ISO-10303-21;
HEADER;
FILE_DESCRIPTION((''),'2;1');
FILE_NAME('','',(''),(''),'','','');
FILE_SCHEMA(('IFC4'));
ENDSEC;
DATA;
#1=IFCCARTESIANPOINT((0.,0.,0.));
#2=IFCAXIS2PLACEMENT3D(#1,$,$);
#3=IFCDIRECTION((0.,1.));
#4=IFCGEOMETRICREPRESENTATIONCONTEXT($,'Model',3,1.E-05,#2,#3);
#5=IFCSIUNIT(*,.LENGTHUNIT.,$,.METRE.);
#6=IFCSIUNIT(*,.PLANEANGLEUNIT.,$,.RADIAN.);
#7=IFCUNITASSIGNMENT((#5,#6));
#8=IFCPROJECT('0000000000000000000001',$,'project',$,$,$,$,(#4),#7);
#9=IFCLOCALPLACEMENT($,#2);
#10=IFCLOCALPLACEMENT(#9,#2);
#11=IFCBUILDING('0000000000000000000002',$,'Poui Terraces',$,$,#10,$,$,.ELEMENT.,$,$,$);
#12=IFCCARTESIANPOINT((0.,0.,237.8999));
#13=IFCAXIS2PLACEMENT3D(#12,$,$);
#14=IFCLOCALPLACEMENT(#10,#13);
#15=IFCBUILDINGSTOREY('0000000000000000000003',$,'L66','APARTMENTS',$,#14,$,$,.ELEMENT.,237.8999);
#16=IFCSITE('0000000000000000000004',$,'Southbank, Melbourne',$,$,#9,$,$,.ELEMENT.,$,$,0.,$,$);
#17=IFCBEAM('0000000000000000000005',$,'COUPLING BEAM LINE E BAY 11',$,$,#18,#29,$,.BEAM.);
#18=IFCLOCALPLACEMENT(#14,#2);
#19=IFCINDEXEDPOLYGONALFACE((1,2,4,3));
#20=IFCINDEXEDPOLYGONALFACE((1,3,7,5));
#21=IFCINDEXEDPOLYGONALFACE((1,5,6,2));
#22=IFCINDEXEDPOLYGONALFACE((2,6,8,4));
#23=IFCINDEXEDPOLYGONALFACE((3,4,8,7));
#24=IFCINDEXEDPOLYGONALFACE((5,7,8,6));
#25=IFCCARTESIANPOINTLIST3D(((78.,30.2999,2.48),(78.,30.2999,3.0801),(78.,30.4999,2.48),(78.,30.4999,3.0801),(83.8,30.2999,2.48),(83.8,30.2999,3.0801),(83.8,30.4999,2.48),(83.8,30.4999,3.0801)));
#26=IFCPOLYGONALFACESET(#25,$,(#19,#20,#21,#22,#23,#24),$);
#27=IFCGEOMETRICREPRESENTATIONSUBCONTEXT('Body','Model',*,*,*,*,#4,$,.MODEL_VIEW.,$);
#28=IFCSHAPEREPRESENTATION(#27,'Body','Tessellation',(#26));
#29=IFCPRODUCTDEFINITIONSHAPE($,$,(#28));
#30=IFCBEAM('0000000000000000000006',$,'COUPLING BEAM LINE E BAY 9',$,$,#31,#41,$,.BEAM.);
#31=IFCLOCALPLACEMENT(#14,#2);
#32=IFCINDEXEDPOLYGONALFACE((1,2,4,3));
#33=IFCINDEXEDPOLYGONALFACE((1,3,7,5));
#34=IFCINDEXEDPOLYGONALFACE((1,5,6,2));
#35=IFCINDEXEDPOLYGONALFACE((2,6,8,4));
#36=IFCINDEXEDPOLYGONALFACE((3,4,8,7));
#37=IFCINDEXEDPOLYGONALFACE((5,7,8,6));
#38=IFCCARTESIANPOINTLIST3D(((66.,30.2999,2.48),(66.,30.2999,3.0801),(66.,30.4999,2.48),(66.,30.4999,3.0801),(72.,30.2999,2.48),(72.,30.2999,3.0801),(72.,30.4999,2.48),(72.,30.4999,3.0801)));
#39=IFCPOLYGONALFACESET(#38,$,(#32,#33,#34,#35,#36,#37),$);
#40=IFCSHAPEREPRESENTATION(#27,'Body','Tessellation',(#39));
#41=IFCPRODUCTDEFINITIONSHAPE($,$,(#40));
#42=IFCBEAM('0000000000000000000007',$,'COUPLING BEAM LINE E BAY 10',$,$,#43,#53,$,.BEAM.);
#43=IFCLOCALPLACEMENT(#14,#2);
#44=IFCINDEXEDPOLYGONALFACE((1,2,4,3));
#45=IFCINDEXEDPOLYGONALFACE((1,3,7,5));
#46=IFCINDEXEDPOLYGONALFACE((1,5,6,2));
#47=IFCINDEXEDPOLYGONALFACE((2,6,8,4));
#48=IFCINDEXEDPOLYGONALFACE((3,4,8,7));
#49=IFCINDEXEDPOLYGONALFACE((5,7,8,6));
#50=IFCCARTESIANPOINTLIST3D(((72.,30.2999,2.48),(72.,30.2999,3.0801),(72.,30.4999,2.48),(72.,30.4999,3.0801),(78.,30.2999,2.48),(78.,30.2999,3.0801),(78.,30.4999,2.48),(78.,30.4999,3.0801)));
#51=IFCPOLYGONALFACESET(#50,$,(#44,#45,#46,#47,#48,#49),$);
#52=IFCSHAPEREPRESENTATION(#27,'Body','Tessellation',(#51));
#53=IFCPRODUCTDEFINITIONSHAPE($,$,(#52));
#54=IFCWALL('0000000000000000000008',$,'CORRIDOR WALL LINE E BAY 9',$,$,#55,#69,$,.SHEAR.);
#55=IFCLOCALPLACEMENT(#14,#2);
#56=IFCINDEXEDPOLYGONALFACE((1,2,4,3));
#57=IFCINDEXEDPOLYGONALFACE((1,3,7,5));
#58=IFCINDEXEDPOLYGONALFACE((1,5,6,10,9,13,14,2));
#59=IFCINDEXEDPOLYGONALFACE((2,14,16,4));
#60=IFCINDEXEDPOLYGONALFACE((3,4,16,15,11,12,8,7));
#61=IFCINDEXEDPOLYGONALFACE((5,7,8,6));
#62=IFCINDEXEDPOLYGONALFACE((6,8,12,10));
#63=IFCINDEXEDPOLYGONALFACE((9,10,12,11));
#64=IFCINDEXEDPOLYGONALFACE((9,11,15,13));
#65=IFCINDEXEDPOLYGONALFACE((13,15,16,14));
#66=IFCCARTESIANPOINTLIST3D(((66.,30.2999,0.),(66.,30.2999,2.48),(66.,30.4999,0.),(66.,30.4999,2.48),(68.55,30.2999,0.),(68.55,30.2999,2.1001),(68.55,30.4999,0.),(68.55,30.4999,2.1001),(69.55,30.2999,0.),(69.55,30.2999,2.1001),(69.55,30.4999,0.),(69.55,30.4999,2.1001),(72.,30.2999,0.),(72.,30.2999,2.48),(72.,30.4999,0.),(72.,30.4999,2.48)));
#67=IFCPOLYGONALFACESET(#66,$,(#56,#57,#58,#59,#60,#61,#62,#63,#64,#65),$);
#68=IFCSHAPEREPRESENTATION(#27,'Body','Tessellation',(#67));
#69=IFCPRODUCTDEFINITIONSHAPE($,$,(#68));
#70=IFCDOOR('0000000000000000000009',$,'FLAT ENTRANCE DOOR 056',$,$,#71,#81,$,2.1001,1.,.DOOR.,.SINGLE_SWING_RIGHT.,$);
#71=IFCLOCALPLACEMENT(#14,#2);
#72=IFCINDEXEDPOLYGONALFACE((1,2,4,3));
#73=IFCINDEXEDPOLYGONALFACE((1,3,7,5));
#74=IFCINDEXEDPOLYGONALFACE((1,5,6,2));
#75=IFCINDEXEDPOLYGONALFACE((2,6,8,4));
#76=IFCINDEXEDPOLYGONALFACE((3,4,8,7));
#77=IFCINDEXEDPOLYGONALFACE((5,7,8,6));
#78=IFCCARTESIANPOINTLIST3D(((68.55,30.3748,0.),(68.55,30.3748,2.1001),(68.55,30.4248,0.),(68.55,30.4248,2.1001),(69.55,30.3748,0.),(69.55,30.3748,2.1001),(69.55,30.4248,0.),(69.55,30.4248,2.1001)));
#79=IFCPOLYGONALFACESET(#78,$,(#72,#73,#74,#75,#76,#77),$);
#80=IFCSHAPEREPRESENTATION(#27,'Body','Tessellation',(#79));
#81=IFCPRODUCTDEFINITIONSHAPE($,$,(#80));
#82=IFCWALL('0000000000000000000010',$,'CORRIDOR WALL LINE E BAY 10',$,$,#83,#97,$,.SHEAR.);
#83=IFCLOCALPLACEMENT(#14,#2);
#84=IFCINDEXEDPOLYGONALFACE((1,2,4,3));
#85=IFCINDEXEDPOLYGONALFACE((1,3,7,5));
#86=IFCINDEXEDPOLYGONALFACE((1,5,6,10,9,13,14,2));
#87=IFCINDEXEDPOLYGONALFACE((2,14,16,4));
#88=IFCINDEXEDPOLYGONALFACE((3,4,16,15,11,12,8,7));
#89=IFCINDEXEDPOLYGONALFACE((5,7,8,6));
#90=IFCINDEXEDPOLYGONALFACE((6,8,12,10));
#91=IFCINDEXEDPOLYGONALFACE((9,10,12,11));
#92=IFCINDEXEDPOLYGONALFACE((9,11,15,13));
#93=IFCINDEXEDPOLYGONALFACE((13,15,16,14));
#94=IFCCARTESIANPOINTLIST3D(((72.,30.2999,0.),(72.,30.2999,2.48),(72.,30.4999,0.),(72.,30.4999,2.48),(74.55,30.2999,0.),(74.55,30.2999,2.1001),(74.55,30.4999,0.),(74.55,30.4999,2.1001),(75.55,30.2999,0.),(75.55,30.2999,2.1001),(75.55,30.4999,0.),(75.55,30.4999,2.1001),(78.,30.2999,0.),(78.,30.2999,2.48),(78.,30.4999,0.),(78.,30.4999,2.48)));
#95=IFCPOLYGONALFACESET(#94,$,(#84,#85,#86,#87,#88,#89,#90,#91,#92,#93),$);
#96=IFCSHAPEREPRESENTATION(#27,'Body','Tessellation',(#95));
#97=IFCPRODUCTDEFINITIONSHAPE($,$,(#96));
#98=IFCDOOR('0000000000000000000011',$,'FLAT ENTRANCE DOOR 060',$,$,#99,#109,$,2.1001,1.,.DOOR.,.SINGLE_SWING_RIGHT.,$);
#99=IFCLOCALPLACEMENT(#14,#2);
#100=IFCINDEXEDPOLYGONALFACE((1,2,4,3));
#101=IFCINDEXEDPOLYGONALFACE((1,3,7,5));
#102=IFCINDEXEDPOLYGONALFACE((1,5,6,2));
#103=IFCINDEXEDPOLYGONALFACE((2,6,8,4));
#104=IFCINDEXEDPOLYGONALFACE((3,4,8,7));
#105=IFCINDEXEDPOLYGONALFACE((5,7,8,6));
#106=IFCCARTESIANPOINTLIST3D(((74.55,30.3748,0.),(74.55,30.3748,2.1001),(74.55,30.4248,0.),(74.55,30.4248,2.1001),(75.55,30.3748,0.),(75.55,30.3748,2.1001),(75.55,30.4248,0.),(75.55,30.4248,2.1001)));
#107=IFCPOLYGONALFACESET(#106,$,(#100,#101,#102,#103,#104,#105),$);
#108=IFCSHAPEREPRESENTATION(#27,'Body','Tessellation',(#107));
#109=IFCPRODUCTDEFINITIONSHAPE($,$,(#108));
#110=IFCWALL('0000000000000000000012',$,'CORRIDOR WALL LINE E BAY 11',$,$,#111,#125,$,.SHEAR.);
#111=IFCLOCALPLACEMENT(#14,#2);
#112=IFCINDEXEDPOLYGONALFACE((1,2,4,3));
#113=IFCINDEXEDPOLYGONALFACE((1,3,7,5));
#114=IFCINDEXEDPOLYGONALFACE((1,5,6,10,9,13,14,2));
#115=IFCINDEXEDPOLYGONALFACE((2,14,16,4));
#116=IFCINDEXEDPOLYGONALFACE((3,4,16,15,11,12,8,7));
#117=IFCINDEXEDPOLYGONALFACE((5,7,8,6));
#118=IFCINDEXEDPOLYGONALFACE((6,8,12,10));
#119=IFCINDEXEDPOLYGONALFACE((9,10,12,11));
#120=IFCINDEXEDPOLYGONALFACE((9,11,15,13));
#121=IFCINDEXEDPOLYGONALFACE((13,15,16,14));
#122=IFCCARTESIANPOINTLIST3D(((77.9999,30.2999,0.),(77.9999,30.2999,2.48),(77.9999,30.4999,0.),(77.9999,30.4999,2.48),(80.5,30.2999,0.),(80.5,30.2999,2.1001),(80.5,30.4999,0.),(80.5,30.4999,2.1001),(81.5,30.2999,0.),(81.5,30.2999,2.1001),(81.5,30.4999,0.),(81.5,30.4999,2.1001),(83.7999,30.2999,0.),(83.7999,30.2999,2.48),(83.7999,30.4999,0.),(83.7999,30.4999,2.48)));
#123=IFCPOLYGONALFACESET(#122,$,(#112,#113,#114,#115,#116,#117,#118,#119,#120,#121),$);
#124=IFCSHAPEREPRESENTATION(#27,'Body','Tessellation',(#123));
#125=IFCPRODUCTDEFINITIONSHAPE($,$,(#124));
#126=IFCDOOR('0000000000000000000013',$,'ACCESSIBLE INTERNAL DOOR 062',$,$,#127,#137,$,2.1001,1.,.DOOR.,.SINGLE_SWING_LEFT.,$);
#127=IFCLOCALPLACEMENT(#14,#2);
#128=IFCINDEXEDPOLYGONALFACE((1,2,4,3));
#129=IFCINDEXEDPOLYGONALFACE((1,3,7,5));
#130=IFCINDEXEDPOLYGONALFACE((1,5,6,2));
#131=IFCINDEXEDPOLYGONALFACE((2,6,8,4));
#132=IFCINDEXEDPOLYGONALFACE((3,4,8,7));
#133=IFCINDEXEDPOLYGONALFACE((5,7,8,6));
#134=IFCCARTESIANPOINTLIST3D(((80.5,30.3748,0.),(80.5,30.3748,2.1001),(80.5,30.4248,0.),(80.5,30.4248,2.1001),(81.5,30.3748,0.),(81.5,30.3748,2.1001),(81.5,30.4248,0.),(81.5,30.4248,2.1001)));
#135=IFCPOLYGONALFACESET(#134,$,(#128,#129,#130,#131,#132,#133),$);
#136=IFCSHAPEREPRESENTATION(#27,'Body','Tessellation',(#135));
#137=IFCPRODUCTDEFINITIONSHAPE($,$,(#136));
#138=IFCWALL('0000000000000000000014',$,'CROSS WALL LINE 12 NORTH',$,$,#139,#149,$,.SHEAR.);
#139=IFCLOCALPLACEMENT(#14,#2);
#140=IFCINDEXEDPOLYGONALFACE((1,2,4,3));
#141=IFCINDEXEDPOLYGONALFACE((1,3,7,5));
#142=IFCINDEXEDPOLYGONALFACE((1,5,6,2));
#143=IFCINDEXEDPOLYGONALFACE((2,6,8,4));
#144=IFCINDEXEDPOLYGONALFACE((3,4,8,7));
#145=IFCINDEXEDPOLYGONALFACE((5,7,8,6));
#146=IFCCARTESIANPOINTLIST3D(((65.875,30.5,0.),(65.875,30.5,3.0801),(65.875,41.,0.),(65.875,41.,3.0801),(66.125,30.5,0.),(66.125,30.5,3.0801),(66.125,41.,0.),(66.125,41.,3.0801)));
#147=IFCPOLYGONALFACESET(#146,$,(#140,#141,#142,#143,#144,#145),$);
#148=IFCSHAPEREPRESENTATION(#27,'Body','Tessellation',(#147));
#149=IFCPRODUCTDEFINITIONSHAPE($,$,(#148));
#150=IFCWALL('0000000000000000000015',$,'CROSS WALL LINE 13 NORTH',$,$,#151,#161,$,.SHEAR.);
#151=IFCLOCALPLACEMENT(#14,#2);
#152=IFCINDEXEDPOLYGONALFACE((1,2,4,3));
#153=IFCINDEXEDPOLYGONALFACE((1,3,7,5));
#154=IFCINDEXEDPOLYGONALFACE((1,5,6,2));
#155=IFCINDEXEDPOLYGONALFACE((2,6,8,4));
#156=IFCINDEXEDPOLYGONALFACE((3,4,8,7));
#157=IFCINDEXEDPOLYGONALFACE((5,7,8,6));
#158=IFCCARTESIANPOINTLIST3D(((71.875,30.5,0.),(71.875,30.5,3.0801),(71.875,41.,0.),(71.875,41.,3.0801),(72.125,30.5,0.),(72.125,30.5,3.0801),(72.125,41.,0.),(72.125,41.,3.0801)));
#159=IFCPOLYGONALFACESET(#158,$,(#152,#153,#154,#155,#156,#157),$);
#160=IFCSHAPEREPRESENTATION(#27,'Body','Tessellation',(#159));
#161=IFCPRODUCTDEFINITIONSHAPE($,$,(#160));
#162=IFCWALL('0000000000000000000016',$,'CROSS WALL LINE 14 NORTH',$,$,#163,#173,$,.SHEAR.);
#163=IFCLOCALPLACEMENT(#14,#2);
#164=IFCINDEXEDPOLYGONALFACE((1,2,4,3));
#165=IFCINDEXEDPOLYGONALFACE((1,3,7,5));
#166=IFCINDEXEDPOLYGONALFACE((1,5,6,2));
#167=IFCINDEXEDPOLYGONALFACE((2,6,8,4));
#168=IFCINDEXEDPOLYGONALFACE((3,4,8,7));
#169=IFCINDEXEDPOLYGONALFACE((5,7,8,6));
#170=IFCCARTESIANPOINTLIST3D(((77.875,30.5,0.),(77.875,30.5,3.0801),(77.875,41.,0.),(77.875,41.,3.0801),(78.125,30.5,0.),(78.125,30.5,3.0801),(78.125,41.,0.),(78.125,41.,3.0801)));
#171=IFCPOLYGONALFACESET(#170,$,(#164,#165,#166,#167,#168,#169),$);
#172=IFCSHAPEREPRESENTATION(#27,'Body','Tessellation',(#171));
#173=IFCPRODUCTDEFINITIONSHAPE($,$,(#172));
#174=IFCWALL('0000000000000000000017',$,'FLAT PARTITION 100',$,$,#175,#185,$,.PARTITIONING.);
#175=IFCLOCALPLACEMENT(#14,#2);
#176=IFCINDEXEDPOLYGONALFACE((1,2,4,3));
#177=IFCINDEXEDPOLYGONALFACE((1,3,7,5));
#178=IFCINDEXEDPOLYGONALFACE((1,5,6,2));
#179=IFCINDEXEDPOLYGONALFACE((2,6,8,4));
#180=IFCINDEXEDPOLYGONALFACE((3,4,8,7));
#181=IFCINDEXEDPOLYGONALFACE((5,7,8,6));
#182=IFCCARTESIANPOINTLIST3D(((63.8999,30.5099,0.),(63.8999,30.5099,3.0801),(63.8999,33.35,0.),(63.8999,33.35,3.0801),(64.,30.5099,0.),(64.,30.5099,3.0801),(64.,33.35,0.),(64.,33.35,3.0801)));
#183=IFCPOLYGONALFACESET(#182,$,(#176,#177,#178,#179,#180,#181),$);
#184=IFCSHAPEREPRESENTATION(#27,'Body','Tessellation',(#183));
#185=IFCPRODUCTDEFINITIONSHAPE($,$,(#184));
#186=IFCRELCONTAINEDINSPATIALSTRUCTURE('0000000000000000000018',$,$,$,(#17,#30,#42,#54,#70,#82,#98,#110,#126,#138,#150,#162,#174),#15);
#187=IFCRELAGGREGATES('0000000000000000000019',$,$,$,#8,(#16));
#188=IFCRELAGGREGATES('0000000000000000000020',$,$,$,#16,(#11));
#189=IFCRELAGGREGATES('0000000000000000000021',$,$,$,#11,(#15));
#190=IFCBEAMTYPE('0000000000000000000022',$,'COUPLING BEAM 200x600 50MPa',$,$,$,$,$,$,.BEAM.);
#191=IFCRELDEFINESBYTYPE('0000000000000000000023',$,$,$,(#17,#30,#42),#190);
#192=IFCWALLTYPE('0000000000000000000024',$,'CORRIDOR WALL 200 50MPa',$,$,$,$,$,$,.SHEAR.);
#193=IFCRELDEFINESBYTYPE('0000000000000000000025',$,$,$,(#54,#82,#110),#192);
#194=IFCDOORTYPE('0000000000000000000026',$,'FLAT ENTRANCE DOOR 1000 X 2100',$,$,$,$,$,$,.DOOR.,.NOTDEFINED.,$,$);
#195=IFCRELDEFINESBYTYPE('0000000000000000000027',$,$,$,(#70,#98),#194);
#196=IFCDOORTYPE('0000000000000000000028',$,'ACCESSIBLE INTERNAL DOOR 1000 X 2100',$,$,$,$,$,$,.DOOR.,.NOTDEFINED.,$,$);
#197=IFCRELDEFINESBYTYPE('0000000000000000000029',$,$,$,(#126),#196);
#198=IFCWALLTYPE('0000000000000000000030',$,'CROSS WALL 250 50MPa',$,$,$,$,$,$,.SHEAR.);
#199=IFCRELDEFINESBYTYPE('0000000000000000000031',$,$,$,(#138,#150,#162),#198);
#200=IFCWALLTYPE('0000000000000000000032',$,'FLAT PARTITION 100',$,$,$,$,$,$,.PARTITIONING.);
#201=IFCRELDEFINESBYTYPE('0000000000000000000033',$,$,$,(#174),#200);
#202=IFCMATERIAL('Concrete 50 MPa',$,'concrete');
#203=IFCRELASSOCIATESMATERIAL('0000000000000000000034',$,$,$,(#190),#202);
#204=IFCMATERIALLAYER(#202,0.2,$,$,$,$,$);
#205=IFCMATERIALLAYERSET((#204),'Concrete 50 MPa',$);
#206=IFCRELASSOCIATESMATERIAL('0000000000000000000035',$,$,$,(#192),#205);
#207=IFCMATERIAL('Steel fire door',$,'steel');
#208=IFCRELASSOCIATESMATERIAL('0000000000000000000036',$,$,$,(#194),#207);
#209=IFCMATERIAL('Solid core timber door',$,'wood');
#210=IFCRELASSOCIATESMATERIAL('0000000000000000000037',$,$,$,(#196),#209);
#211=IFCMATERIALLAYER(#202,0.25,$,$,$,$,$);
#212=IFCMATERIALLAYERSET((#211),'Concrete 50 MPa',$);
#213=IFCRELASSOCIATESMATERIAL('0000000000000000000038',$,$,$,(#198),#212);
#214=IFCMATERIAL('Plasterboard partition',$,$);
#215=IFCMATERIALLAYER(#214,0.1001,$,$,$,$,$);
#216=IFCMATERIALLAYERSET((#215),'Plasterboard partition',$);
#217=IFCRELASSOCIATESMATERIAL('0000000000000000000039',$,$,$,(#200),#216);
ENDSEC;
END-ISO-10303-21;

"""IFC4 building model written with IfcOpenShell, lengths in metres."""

from ifc_helpers import new_model, si_unit, direction, frame, frame_2d, origin, origin_2d, place, context, subcontext, project, spatial, rectangle, extrude, source, transform, mapped, material, layer, layer_set, material_profile, profile_set, type_object, element, fill, save


model = new_model("IFC4")

# Units and contexts
model_context = context("Model", 3, precision=1e-05, world=origin(), true_north=direction((0.0, 1.0)))
body_context = subcontext(model_context, "Body", "Model", "MODEL_VIEW")
ifc_project = project(units=[si_unit("LENGTHUNIT", "METRE"), si_unit("PLANEANGLEUNIT", "RADIAN")], contexts=[model_context])

# Site, building, storey
site_placement = place(None, origin())
site = spatial("IfcSite", under=ifc_project, at=site_placement, Name="Southbank, Melbourne", CompositionType="ELEMENT", RefElevation=0.0)
building_placement = place(site_placement, origin())
building = spatial("IfcBuilding", under=site, at=building_placement, Name="Poui Terraces", CompositionType="ELEMENT")
storey_placement = place(building_placement, frame((0.0, 0.0, 237.8999)))
storey = spatial("IfcBuildingStorey", under=building, at=storey_placement, Name="L66", Description="APARTMENTS", CompositionType="ELEMENT", Elevation=237.8999)

# Beams
ifc_material_1 = material(Name="Concrete 50 MPa", Category="concrete")
ifc_material_profile = material_profile(ifc_material_1, rectangle(XDim=0.2, YDim=0.6001, at=origin_2d()), Name="RC 200x600")
ifc_profile_set = profile_set([ifc_material_profile], Name="Concrete 50 MPa")
beam_type = type_object("IfcBeamType", Name="COUPLING BEAM 200x600 50MPa", PredefinedType="BEAM", material=ifc_profile_set)
shared_shape_1 = source(origin(), body_context, "Body", "SweptSolid", [
    extrude(rectangle(XDim=0.2, YDim=0.6001, at=origin_2d()), origin(), (0.0, 0.0, 1.0), 5.8),
])
beam_placement = place(storey_placement, frame((78.0, 30.3999, 2.78), z_axis=(1.0, 0.0, 0.0), x_axis=(0.0, 1.0, 0.0)))
element("IfcBeam", 1, at=beam_placement, inside=storey, type_object=beam_type, Name="COUPLING BEAM LINE E BAY 11", PredefinedType="BEAM", context=body_context, shape_type="MappedRepresentation", body=[
    mapped(shared_shape_1, transform((0.0, 0.0, 0.0))),
])
shared_shape_2 = source(origin(), body_context, "Body", "SweptSolid", [
    extrude(rectangle(XDim=0.2, YDim=0.6001, at=origin_2d()), origin(), (0.0, 0.0, 1.0), 6.0),
])
for number, where, z_axis, x_axis, name in (
    (2, (66.0, 30.3999, 2.78), (1.0, 0.0, 0.0), (0.0, 1.0, 0.0), "COUPLING BEAM LINE E BAY 9"),
    (3, (72.0, 30.3999, 2.78), (1.0, 0.0, 0.0), (0.0, 1.0, 0.0), "COUPLING BEAM LINE E BAY 10"),
):
    element("IfcBeam", number, at=place(storey_placement, frame(where, z_axis=z_axis, x_axis=x_axis)), inside=storey, type_object=beam_type, Name=name, PredefinedType="BEAM", context=body_context, shape_type="MappedRepresentation", body=[
        mapped(shared_shape_2, transform((0.0, 0.0, 0.0))),
    ])

# Walls, openings, doors
ifc_layer_1 = layer(ifc_material_1, 0.2)
ifc_layer_set_1 = layer_set([ifc_layer_1], Name="Concrete 50 MPa")
wall_type_1 = type_object("IfcWallType", Name="CORRIDOR WALL 200 50MPa", PredefinedType="SHEAR", material=ifc_layer_set_1)
wall_1_placement = place(storey_placement, frame((66.0, 30.3999, 0.0), z_axis=(0.0, 0.0, 1.0), x_axis=(1.0, 0.0, 0.0)))
wall_1 = element("IfcWall", 4, at=wall_1_placement, inside=storey, type_object=wall_type_1, Name="CORRIDOR WALL LINE E BAY 9", PredefinedType="SHEAR", context=body_context, shape_type="SweptSolid", body=[
    extrude(rectangle(XDim=6.0, YDim=0.2, at=frame_2d((3.0, 0.0))), origin(), (0.0, 0.0, 1.0), 2.48),
])
opening_1_placement = place(wall_1_placement, frame((2.55, 0.0, 0.0)))
opening_1 = element("IfcOpeningElement", 5, at=opening_1_placement, cuts=wall_1, PredefinedType="OPENING", context=body_context, shape_type="SweptSolid", body=[
    extrude(rectangle(XDim=1.0, YDim=2.1001, at=frame_2d((0.5, 1.05))), frame((0.0, 0.1099, 0.0), z_axis=(0.0, -1.0, 0.0), x_axis=(1.0, 0.0, 0.0)), (0.0, 0.0, 1.0), 0.22),
])
ifc_material_2 = material(Name="Steel fire door", Category="steel")
door_type_1 = type_object("IfcDoorType", Name="FLAT ENTRANCE DOOR 1000 X 2100", OperationType="NOTDEFINED", PredefinedType="DOOR", material=ifc_material_2)
door_1_placement = place(opening_1_placement, origin())
door_1 = element("IfcDoor", 6, at=door_1_placement, inside=storey, type_object=door_type_1, Name="FLAT ENTRANCE DOOR 056", OperationType="SINGLE_SWING_RIGHT", OverallHeight=2.1001, OverallWidth=1.0, PredefinedType="DOOR", context=body_context, shape_type="SweptSolid", body=[
    extrude(rectangle(XDim=1.0, YDim=2.1001, at=frame_2d((0.5, 1.05))), frame((0.0, 0.0249, 0.0), z_axis=(0.0, -1.0, 0.0), x_axis=(1.0, 0.0, 0.0)), (0.0, 0.0, 1.0), 0.05),
])
fill(opening_1, door_1)
wall_2_placement = place(storey_placement, frame((72.0, 30.3999, 0.0), z_axis=(0.0, 0.0, 1.0), x_axis=(1.0, 0.0, 0.0)))
wall_2 = element("IfcWall", 7, at=wall_2_placement, inside=storey, type_object=wall_type_1, Name="CORRIDOR WALL LINE E BAY 10", PredefinedType="SHEAR", context=body_context, shape_type="SweptSolid", body=[
    extrude(rectangle(XDim=6.0, YDim=0.2, at=frame_2d((3.0, 0.0))), origin(), (0.0, 0.0, 1.0), 2.48),
])
opening_2_placement = place(wall_2_placement, frame((2.55, 0.0, 0.0)))
opening_2 = element("IfcOpeningElement", 8, at=opening_2_placement, cuts=wall_2, PredefinedType="OPENING", context=body_context, shape_type="SweptSolid", body=[
    extrude(rectangle(XDim=1.0, YDim=2.1001, at=frame_2d((0.5, 1.05))), frame((0.0, 0.1099, 0.0), z_axis=(0.0, -1.0, 0.0), x_axis=(1.0, 0.0, 0.0)), (0.0, 0.0, 1.0), 0.22),
])
door_2_placement = place(opening_2_placement, origin())
door_2 = element("IfcDoor", 9, at=door_2_placement, inside=storey, type_object=door_type_1, Name="FLAT ENTRANCE DOOR 060", OperationType="SINGLE_SWING_RIGHT", OverallHeight=2.1001, OverallWidth=1.0, PredefinedType="DOOR", context=body_context, shape_type="SweptSolid", body=[
    extrude(rectangle(XDim=1.0, YDim=2.1001, at=frame_2d((0.5, 1.05))), frame((0.0, 0.0249, 0.0), z_axis=(0.0, -1.0, 0.0), x_axis=(1.0, 0.0, 0.0)), (0.0, 0.0, 1.0), 0.05),
])
fill(opening_2, door_2)
wall_3_placement = place(storey_placement, frame((78.0, 30.3999, 0.0), z_axis=(0.0, 0.0, 1.0), x_axis=(1.0, 0.0, 0.0)))
wall_3 = element("IfcWall", 10, at=wall_3_placement, inside=storey, type_object=wall_type_1, Name="CORRIDOR WALL LINE E BAY 11", PredefinedType="SHEAR", context=body_context, shape_type="SweptSolid", body=[
    extrude(rectangle(XDim=5.8, YDim=0.2, at=frame_2d((2.8999, 0.0))), origin(), (0.0, 0.0, 1.0), 2.48),
])
opening_3_placement = place(wall_3_placement, frame((2.5, 0.0, 0.0)))
opening_3 = element("IfcOpeningElement", 11, at=opening_3_placement, cuts=wall_3, PredefinedType="OPENING", context=body_context, shape_type="SweptSolid", body=[
    extrude(rectangle(XDim=1.0, YDim=2.1001, at=frame_2d((0.5, 1.05))), frame((0.0, 0.1099, 0.0), z_axis=(0.0, -1.0, 0.0), x_axis=(1.0, 0.0, 0.0)), (0.0, 0.0, 1.0), 0.22),
])
ifc_material_3 = material(Name="Solid core timber door", Category="wood")
door_type_2 = type_object("IfcDoorType", Name="ACCESSIBLE INTERNAL DOOR 1000 X 2100", OperationType="NOTDEFINED", PredefinedType="DOOR", material=ifc_material_3)
door_3_placement = place(opening_3_placement, origin())
door_3 = element("IfcDoor", 12, at=door_3_placement, inside=storey, type_object=door_type_2, Name="ACCESSIBLE INTERNAL DOOR 062", OperationType="SINGLE_SWING_LEFT", OverallHeight=2.1001, OverallWidth=1.0, PredefinedType="DOOR", context=body_context, shape_type="SweptSolid", body=[
    extrude(rectangle(XDim=1.0, YDim=2.1001, at=frame_2d((0.5, 1.05))), frame((0.0, 0.0249, 0.0), z_axis=(0.0, -1.0, 0.0), x_axis=(1.0, 0.0, 0.0)), (0.0, 0.0, 1.0), 0.05),
])
fill(opening_3, door_3)

# Walls
ifc_layer_2 = layer(ifc_material_1, 0.25)
ifc_layer_set_2 = layer_set([ifc_layer_2], Name="Concrete 50 MPa")
wall_type_2 = type_object("IfcWallType", Name="CROSS WALL 250 50MPa", PredefinedType="SHEAR", material=ifc_layer_set_2)
for number, where, z_axis, x_axis, name in (
    (13, (66.0, 30.5, 0.0), (0.0, 0.0, 1.0), (0.0, 1.0, 0.0), "CROSS WALL LINE 12 NORTH"),
    (14, (72.0, 30.5, 0.0), (0.0, 0.0, 1.0), (0.0, 1.0, 0.0), "CROSS WALL LINE 13 NORTH"),
    (15, (78.0, 30.5, 0.0), (0.0, 0.0, 1.0), (0.0, 1.0, 0.0), "CROSS WALL LINE 14 NORTH"),
):
    element("IfcWall", number, at=place(storey_placement, frame(where, z_axis=z_axis, x_axis=x_axis)), inside=storey, type_object=wall_type_2, Name=name, PredefinedType="SHEAR", context=body_context, shape_type="SweptSolid", body=[
        extrude(rectangle(XDim=10.5, YDim=0.25, at=frame_2d((5.25, 0.0))), origin(), (0.0, 0.0, 1.0), 3.0801),
    ])
ifc_material_4 = material(Name="Plasterboard partition")
ifc_layer_3 = layer(ifc_material_4, 0.1001)
ifc_layer_set_3 = layer_set([ifc_layer_3], Name="Plasterboard partition")
wall_type_3 = type_object("IfcWallType", Name="FLAT PARTITION 100", PredefinedType="PARTITIONING", material=ifc_layer_set_3)
wall_4_placement = place(storey_placement, frame((63.95, 30.51, 0.0), z_axis=(0.0, 0.0, 1.0), x_axis=(0.0, 1.0, 0.0)))
element("IfcWall", 16, at=wall_4_placement, inside=storey, type_object=wall_type_3, Name="FLAT PARTITION 100", PredefinedType="PARTITIONING", context=body_context, shape_type="SweptSolid", body=[
    extrude(rectangle(XDim=2.8401, YDim=0.1001, at=frame_2d((1.4199, 0.0))), origin(), (0.0, 0.0, 1.0), 3.0801),
])

save(model, "model.ifc")
